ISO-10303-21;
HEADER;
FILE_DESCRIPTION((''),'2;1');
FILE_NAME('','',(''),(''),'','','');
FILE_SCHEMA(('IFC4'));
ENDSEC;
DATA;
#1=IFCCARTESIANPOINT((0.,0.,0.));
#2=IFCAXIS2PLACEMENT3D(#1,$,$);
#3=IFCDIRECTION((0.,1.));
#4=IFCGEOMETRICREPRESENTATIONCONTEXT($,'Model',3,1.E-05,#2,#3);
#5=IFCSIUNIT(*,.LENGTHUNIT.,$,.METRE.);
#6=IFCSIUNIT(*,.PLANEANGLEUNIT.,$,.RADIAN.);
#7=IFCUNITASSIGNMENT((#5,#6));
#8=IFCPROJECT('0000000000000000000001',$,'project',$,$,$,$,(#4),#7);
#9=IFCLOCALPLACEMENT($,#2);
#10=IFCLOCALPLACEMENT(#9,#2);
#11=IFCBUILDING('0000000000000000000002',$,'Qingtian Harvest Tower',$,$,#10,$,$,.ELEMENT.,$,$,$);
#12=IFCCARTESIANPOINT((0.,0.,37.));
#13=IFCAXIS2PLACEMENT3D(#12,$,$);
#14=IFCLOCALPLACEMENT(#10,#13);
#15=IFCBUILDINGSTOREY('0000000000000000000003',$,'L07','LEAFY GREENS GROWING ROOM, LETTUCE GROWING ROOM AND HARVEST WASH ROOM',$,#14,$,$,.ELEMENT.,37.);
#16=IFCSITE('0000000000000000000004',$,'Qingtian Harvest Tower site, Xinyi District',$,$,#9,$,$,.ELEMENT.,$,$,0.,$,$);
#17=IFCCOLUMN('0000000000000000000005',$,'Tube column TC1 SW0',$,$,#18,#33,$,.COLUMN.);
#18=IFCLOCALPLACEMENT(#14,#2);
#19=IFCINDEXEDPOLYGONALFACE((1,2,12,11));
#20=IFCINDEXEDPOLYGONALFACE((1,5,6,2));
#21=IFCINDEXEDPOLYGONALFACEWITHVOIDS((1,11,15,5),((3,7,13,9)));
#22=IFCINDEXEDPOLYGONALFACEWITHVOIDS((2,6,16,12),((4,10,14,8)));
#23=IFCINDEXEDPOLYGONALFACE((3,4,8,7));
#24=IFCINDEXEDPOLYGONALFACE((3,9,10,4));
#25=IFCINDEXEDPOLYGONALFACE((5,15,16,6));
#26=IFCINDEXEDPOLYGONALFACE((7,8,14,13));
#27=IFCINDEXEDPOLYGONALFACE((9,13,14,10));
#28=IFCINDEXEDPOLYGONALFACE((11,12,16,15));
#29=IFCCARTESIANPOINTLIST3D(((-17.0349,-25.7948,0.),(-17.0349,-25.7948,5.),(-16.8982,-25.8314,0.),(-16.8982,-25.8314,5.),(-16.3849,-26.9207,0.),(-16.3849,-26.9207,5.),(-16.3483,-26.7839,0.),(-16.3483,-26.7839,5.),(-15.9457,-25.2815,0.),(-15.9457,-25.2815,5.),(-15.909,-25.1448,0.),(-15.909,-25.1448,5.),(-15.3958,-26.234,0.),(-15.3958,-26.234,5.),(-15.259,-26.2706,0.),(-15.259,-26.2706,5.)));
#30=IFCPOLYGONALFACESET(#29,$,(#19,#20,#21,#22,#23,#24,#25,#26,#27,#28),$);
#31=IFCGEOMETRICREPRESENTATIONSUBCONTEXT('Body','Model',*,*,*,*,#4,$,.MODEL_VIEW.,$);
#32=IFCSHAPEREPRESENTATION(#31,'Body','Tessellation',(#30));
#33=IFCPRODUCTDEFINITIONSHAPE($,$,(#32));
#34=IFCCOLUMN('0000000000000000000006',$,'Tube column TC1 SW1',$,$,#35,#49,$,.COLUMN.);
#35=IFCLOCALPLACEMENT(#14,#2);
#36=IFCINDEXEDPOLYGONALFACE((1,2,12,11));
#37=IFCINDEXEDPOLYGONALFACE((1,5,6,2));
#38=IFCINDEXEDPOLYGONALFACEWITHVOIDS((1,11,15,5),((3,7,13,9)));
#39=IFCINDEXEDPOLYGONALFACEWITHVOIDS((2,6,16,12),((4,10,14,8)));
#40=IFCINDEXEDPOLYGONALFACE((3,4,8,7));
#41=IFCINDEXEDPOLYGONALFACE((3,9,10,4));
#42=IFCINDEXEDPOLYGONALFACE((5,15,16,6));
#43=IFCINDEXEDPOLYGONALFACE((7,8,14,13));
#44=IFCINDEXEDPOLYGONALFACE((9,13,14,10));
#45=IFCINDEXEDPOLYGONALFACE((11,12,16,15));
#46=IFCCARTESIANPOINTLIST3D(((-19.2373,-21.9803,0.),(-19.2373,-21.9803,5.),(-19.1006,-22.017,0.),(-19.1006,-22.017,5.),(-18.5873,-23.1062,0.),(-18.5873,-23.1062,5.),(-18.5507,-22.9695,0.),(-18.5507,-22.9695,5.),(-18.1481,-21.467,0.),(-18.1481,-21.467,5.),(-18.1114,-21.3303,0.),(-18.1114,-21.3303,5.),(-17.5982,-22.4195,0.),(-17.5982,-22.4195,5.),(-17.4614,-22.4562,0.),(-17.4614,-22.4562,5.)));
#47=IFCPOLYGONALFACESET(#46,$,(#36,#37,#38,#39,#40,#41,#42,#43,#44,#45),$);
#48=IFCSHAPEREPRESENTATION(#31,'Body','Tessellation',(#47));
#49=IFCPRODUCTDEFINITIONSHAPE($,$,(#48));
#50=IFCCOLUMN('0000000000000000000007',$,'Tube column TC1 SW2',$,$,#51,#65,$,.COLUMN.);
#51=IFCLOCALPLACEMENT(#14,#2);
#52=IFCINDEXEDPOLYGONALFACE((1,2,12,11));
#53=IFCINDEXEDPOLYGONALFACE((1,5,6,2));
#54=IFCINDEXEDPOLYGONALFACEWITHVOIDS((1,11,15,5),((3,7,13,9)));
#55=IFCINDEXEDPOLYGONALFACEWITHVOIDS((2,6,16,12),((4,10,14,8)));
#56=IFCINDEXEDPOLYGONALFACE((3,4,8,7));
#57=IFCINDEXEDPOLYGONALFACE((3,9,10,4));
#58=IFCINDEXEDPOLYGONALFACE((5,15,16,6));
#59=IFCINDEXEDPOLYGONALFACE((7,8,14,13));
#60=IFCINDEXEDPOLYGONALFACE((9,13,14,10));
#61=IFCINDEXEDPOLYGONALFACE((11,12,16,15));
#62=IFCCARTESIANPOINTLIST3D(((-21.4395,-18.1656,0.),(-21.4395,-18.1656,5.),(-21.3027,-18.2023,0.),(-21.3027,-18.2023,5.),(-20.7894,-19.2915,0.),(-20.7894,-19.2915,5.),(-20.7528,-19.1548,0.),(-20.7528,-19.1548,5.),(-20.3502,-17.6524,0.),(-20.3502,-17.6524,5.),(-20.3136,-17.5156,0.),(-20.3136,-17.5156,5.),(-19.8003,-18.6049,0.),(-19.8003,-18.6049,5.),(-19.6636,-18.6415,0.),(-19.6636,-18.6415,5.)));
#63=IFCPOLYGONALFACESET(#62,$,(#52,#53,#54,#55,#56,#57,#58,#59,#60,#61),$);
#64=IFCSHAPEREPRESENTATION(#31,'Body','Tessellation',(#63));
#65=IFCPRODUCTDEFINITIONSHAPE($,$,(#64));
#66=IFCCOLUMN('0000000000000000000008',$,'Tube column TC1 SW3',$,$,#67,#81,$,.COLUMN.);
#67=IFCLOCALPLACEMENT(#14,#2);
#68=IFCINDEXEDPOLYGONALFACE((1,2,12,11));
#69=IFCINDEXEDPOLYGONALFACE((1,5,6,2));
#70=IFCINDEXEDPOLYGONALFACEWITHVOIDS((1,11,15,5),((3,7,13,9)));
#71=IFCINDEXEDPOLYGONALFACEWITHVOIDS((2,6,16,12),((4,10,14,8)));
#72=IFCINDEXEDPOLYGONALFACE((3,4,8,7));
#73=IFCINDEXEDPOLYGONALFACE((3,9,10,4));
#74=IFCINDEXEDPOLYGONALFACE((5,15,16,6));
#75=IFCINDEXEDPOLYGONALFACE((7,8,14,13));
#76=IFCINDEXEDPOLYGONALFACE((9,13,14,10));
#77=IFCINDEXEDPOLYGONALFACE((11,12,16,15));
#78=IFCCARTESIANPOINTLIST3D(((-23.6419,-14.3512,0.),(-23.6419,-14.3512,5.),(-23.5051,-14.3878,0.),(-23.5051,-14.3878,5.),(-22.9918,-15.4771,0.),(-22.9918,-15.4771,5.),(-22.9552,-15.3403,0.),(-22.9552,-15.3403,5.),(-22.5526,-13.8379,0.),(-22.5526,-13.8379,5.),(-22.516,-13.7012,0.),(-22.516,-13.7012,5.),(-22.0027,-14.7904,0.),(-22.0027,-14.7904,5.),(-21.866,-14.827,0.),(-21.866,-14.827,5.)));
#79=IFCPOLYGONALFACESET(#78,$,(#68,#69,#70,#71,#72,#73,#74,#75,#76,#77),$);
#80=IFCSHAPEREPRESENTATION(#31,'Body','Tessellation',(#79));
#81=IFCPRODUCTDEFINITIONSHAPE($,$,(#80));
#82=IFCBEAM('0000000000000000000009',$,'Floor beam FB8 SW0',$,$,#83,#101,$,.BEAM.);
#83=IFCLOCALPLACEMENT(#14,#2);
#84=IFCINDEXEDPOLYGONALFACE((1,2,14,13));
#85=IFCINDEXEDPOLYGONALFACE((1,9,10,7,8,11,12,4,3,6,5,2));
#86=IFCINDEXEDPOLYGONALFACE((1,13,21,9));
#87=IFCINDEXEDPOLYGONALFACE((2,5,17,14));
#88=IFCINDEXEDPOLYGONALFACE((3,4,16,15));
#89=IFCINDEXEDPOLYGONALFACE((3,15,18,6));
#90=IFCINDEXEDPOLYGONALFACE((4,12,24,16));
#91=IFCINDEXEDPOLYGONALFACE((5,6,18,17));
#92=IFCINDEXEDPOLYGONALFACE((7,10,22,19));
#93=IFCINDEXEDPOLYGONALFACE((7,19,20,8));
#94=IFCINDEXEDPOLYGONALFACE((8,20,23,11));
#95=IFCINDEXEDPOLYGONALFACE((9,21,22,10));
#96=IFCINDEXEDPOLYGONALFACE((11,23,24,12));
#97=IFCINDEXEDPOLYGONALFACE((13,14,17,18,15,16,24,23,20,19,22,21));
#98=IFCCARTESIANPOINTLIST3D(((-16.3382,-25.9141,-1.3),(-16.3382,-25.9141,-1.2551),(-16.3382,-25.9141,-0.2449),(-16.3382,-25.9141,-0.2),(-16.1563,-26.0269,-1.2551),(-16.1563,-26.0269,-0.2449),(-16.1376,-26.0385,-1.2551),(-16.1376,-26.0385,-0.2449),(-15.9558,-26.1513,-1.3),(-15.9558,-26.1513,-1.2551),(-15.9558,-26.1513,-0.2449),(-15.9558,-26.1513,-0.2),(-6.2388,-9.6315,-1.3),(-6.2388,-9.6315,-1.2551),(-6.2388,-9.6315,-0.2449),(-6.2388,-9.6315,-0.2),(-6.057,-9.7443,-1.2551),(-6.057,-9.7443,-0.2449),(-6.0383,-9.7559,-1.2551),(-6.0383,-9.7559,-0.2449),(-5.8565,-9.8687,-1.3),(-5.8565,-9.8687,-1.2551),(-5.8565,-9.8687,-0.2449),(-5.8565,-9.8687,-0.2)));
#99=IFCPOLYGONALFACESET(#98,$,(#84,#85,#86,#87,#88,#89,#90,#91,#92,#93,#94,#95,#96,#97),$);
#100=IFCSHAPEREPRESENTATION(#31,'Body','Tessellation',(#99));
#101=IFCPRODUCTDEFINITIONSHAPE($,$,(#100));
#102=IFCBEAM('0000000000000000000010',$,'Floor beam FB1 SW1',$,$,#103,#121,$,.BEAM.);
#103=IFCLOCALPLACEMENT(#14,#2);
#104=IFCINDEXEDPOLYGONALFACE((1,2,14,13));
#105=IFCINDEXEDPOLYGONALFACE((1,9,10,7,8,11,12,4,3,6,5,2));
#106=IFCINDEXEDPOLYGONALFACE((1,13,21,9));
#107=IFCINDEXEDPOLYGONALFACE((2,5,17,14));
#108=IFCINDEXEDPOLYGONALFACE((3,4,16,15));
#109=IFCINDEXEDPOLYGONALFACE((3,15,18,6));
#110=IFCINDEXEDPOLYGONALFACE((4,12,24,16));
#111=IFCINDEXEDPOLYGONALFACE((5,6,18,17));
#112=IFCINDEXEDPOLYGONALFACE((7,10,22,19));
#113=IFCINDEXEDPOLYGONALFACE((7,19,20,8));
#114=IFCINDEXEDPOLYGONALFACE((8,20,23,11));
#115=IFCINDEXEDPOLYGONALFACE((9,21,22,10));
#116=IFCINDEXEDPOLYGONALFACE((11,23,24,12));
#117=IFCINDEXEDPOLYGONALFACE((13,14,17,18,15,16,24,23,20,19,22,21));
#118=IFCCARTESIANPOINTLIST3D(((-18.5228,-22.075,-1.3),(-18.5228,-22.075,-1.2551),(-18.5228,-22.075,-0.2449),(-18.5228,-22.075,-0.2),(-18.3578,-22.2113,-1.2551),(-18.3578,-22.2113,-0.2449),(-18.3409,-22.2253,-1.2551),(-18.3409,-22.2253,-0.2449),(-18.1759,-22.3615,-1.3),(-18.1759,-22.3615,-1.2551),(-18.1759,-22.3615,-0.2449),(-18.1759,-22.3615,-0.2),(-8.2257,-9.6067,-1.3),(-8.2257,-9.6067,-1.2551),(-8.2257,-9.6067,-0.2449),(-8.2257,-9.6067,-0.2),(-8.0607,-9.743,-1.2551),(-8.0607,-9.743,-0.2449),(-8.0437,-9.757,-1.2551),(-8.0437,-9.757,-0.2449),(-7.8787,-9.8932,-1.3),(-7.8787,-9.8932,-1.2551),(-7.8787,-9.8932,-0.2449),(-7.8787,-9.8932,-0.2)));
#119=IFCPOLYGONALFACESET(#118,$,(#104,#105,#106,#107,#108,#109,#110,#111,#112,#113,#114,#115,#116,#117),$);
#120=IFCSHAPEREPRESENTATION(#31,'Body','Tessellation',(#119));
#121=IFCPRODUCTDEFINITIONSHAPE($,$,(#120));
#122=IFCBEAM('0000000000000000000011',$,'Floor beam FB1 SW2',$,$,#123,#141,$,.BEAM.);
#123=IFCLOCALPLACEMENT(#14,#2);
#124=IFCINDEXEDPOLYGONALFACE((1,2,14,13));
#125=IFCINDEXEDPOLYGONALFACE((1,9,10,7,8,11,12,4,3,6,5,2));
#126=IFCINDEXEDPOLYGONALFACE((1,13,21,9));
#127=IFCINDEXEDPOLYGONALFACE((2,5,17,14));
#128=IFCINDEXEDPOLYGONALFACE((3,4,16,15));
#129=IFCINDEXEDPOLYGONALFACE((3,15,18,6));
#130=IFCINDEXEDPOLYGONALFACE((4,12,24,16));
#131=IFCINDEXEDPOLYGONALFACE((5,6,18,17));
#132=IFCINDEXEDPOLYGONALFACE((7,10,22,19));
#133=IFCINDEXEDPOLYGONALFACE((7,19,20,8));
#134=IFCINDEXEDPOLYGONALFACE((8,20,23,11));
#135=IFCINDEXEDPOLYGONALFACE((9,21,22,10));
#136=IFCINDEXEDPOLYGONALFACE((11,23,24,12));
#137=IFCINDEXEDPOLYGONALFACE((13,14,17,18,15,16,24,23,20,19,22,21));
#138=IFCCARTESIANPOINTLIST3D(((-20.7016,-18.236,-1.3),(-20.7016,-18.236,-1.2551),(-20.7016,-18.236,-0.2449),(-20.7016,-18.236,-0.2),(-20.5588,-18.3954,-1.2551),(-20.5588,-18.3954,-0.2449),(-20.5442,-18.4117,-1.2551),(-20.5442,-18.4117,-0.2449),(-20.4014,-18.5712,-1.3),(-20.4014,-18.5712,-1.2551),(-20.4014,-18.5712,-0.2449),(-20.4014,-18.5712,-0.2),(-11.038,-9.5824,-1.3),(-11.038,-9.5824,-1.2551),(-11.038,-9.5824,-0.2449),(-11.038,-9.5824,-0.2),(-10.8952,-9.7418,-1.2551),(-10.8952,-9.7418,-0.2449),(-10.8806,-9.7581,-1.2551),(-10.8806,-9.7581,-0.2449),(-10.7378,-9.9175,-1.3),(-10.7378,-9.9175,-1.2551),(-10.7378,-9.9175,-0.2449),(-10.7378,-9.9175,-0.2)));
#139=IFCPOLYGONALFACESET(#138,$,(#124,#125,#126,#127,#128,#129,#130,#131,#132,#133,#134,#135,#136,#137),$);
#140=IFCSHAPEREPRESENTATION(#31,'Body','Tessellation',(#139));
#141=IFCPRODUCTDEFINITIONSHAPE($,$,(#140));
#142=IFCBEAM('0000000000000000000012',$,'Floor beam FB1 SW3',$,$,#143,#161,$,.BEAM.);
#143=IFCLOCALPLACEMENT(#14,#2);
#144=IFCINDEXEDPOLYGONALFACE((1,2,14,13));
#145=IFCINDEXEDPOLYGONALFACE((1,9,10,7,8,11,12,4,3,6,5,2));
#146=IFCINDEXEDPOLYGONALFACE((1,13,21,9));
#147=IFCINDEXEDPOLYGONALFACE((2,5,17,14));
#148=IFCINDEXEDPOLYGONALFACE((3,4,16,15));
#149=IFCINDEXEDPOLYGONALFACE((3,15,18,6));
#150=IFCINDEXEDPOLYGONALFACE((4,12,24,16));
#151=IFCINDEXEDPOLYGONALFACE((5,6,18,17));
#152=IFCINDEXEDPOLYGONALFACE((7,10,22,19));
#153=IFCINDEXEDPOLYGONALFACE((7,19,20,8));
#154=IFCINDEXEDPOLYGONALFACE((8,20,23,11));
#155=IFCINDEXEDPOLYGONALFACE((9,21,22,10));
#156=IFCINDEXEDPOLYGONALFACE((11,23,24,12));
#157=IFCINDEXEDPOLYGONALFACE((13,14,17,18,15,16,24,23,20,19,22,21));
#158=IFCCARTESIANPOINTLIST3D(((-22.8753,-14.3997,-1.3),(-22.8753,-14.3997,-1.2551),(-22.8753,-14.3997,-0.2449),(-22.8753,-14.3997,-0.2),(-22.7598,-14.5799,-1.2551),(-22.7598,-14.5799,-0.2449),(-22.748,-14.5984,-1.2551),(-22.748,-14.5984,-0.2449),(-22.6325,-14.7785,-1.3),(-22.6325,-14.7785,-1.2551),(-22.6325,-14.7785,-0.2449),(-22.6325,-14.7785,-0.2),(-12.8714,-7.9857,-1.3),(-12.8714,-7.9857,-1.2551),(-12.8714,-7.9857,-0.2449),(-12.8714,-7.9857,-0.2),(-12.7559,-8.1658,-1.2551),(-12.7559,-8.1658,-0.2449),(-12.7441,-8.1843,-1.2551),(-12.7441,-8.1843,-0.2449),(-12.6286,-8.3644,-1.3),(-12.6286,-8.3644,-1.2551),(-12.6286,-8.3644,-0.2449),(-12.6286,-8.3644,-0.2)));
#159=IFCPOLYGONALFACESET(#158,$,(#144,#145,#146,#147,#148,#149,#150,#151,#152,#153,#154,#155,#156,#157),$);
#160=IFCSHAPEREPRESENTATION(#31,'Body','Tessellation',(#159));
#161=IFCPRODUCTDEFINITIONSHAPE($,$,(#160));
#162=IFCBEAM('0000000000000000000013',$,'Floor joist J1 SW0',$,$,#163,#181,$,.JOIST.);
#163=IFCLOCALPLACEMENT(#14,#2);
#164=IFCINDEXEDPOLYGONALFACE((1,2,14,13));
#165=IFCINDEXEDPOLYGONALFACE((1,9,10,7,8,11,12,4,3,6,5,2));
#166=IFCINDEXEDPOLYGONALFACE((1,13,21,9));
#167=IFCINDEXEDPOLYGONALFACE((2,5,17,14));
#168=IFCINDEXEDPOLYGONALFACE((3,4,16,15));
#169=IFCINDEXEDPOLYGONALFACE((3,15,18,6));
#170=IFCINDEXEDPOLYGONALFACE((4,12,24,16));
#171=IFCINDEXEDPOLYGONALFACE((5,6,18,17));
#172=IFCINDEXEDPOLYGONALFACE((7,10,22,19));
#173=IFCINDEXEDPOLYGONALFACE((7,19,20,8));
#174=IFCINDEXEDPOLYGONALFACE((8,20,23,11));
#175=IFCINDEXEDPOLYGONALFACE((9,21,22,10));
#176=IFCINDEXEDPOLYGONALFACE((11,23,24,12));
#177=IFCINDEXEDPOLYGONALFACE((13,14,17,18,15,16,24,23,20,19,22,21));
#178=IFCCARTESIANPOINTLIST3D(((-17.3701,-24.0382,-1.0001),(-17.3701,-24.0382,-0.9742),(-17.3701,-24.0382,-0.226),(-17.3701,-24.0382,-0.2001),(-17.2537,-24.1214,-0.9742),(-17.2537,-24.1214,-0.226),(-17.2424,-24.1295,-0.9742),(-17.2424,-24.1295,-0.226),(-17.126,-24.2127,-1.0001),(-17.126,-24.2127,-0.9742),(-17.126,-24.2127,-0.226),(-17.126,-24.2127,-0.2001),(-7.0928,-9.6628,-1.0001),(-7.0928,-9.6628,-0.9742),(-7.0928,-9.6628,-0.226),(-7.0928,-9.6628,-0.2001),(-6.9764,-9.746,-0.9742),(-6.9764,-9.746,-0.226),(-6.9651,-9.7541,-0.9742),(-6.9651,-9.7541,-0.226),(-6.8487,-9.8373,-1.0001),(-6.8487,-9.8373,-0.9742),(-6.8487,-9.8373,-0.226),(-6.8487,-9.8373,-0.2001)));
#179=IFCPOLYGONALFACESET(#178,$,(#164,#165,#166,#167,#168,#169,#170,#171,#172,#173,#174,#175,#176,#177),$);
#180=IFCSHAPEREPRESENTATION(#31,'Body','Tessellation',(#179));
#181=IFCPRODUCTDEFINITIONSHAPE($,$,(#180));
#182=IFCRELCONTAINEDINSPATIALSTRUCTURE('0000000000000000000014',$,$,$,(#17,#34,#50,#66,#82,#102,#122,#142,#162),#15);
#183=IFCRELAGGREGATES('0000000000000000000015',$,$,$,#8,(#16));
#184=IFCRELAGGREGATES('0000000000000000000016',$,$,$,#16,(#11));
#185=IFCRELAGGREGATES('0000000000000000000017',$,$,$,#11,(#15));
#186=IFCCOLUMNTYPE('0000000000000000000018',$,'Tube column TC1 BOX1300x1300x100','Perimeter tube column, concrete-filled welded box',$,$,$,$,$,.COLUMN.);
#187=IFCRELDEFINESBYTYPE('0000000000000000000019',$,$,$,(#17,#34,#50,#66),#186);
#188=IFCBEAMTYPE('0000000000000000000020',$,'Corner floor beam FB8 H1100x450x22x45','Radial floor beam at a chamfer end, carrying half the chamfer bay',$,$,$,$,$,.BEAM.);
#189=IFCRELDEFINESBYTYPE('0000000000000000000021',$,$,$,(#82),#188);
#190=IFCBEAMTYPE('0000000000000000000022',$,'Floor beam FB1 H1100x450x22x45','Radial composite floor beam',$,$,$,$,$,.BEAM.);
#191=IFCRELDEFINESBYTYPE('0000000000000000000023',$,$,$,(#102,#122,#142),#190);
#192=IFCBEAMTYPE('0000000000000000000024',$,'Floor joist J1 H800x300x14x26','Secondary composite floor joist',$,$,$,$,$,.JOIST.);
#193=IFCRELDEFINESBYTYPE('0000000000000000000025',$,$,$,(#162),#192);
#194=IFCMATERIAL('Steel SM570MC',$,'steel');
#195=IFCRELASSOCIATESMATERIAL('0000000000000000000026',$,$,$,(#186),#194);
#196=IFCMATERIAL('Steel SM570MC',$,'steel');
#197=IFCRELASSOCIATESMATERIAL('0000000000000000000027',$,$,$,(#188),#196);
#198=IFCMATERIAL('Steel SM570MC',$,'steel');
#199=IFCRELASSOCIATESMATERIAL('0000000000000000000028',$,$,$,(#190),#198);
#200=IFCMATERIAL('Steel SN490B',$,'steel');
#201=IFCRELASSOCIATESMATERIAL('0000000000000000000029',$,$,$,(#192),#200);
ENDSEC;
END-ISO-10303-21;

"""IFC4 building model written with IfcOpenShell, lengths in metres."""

from ifc_helpers import new_model, si_unit, direction, frame, origin, origin_2d, place, context, subcontext, project, spatial, hollow_rectangle, i_section, extrude, material, material_profile, profile_set, type_object, element, save


model = new_model("IFC4")

# Units and contexts
model_context = context("Model", 3, precision=1e-05, world=origin(), true_north=direction((0.0, 1.0)))
body_context = subcontext(model_context, "Body", "Model", "MODEL_VIEW")
ifc_project = project(units=[si_unit("LENGTHUNIT", "METRE"), si_unit("PLANEANGLEUNIT", "RADIAN")], contexts=[model_context])

# Site, building, storey
site_placement = place(None, origin())
site = spatial("IfcSite", under=ifc_project, at=site_placement, Name="Qingtian Harvest Tower site, Xinyi District", CompositionType="ELEMENT", RefElevation=0.0)
building_placement = place(site_placement, origin())
building = spatial("IfcBuilding", under=site, at=building_placement, Name="Qingtian Harvest Tower", CompositionType="ELEMENT")
storey_placement = place(building_placement, frame((0.0, 0.0, 37.0)))
storey = spatial("IfcBuildingStorey", under=building, at=storey_placement, Name="L07", Description="LEAFY GREENS GROWING ROOM, LETTUCE GROWING ROOM AND HARVEST WASH ROOM", CompositionType="ELEMENT", Elevation=37.0)

# Columns
ifc_material_1 = material(Name="Steel SM570MC", Category="steel")
ifc_material_profile_1 = material_profile(ifc_material_1, hollow_rectangle(XDim=1.3, YDim=1.3, WallThickness=0.1001, at=origin_2d()), Name="BOX1300x1300x100")
ifc_profile_set_1 = profile_set([ifc_material_profile_1], Name="Steel SM570MC")
column_type = type_object("IfcColumnType", Name="Tube column TC1 BOX1300x1300x100", Description="Perimeter tube column, concrete-filled welded box", PredefinedType="COLUMN", material=ifc_profile_set_1)
for number, where, z_axis, x_axis, name in (
    (1, (-16.147, -26.0327, 0.0), (0.0, 0.0, 1.0), (0.5, -0.866025, 0.0), "Tube column TC1 SW0"),
    (2, (-18.3494, -22.2183, 0.0), (0.0, 0.0, 1.0), (0.5, -0.866025, 0.0), "Tube column TC1 SW1"),
    (3, (-20.5515, -18.4036, 0.0), (0.0, 0.0, 1.0), (0.5, -0.866025, 0.0), "Tube column TC1 SW2"),
    (4, (-22.7539, -14.5891, 0.0), (0.0, 0.0, 1.0), (0.5, -0.866025, 0.0), "Tube column TC1 SW3"),
):
    element("IfcColumn", number, at=place(storey_placement, frame(where, z_axis=z_axis, x_axis=x_axis)), inside=storey, type_object=column_type, Name=name, PredefinedType="COLUMN", context=body_context, shape_type="SweptSolid", body=[
        extrude(hollow_rectangle(XDim=1.3, YDim=1.3, WallThickness=0.1001, at=origin_2d()), origin(), (0.0, 0.0, 1.0), 5.0),
    ])

# Beams
ifc_material_2 = material(Name="Steel SM570MC", Category="steel")
ifc_material_profile_2 = material_profile(ifc_material_2, i_section(OverallWidth=0.45, OverallDepth=1.1001, WebThickness=0.022, FlangeThickness=0.0449, at=origin_2d()), Name="H1100x450x22x45")
ifc_profile_set_2 = profile_set([ifc_material_profile_2], Name="Steel SM570MC")
beam_type_1 = type_object("IfcBeamType", Name="Corner floor beam FB8 H1100x450x22x45", Description="Radial floor beam at a chamfer end, carrying half the chamfer bay", PredefinedType="BEAM", material=ifc_profile_set_2)
beam_1_placement = place(storey_placement, frame((-16.147, -26.0327, -0.75), z_axis=(0.527094, 0.849807, 0.0), x_axis=(-0.849807, 0.527094, 0.0)))
element("IfcBeam", 5, at=beam_1_placement, inside=storey, type_object=beam_type_1, Name="Floor beam FB8 SW0", PredefinedType="BEAM", context=body_context, shape_type="SweptSolid", body=[
    extrude(i_section(OverallWidth=0.45, OverallDepth=1.1001, WebThickness=0.022, FlangeThickness=0.0449, at=origin_2d()), origin(), (0.0, 0.0, 1.0), 19.1604),
])
ifc_material_3 = material(Name="Steel SM570MC", Category="steel")
ifc_material_profile_3 = material_profile(ifc_material_3, i_section(OverallWidth=0.45, OverallDepth=1.1001, WebThickness=0.022, FlangeThickness=0.0449, at=origin_2d()), Name="H1100x450x22x45")
ifc_profile_set_3 = profile_set([ifc_material_profile_3], Name="Steel SM570MC")
beam_type_2 = type_object("IfcBeamType", Name="Floor beam FB1 H1100x450x22x45", Description="Radial composite floor beam", PredefinedType="BEAM", material=ifc_profile_set_3)
beam_2_placement = place(storey_placement, frame((-18.3494, -22.2183, -0.75), z_axis=(0.63678, 0.771045, 0.0), x_axis=(-0.771045, 0.63678, 0.0)))
element("IfcBeam", 6, at=beam_2_placement, inside=storey, type_object=beam_type_2, Name="Floor beam FB1 SW1", PredefinedType="BEAM", context=body_context, shape_type="SweptSolid", body=[
    extrude(i_section(OverallWidth=0.45, OverallDepth=1.1001, WebThickness=0.022, FlangeThickness=0.0449, at=origin_2d()), origin(), (0.0, 0.0, 1.0), 16.1707),
])
beam_3_placement = place(storey_placement, frame((-20.5515, -18.4036, -0.75), z_axis=(0.744965, 0.667103, 0.0), x_axis=(-0.667103, 0.744965, 0.0)))
element("IfcBeam", 7, at=beam_3_placement, inside=storey, type_object=beam_type_2, Name="Floor beam FB1 SW2", PredefinedType="BEAM", context=body_context, shape_type="SweptSolid", body=[
    extrude(i_section(OverallWidth=0.45, OverallDepth=1.1001, WebThickness=0.022, FlangeThickness=0.0449, at=origin_2d()), origin(), (0.0, 0.0, 1.0), 12.9719),
])
beam_4_placement = place(storey_placement, frame((-22.7539, -14.5891, -0.75), z_axis=(0.841829, 0.539744, 0.0), x_axis=(-0.539744, 0.841829, 0.0)))
element("IfcBeam", 8, at=beam_4_placement, inside=storey, type_object=beam_type_2, Name="Floor beam FB1 SW3", PredefinedType="BEAM", context=body_context, shape_type="SweptSolid", body=[
    extrude(i_section(OverallWidth=0.45, OverallDepth=1.1001, WebThickness=0.022, FlangeThickness=0.0449, at=origin_2d()), origin(), (0.0, 0.0, 1.0), 11.8835),
])
ifc_material_4 = material(Name="Steel SN490B", Category="steel")
ifc_material_profile_4 = material_profile(ifc_material_4, i_section(OverallWidth=0.3, OverallDepth=0.8, WebThickness=0.0139, FlangeThickness=0.0259, at=origin_2d()), Name="H800x300x14x26")
ifc_profile_set_4 = profile_set([ifc_material_profile_4], Name="Steel SN490B")
beam_type_3 = type_object("IfcBeamType", Name="Floor joist J1 H800x300x14x26", Description="Secondary composite floor joist", PredefinedType="JOIST", material=ifc_profile_set_4)
beam_5_placement = place(storey_placement, frame((-17.248, -24.1255, -0.6001), z_axis=(0.581581, 0.813489, 0.0), x_axis=(-0.813489, 0.581581, 0.0)))
element("IfcBeam", 9, at=beam_5_placement, inside=storey, type_object=beam_type_3, Name="Floor joist J1 SW0", PredefinedType="JOIST", context=body_context, shape_type="SweptSolid", body=[
    extrude(i_section(OverallWidth=0.3, OverallDepth=0.8, WebThickness=0.0139, FlangeThickness=0.0259, at=origin_2d()), origin(), (0.0, 0.0, 1.0), 17.6714),
])

save(model, "model.ifc")
